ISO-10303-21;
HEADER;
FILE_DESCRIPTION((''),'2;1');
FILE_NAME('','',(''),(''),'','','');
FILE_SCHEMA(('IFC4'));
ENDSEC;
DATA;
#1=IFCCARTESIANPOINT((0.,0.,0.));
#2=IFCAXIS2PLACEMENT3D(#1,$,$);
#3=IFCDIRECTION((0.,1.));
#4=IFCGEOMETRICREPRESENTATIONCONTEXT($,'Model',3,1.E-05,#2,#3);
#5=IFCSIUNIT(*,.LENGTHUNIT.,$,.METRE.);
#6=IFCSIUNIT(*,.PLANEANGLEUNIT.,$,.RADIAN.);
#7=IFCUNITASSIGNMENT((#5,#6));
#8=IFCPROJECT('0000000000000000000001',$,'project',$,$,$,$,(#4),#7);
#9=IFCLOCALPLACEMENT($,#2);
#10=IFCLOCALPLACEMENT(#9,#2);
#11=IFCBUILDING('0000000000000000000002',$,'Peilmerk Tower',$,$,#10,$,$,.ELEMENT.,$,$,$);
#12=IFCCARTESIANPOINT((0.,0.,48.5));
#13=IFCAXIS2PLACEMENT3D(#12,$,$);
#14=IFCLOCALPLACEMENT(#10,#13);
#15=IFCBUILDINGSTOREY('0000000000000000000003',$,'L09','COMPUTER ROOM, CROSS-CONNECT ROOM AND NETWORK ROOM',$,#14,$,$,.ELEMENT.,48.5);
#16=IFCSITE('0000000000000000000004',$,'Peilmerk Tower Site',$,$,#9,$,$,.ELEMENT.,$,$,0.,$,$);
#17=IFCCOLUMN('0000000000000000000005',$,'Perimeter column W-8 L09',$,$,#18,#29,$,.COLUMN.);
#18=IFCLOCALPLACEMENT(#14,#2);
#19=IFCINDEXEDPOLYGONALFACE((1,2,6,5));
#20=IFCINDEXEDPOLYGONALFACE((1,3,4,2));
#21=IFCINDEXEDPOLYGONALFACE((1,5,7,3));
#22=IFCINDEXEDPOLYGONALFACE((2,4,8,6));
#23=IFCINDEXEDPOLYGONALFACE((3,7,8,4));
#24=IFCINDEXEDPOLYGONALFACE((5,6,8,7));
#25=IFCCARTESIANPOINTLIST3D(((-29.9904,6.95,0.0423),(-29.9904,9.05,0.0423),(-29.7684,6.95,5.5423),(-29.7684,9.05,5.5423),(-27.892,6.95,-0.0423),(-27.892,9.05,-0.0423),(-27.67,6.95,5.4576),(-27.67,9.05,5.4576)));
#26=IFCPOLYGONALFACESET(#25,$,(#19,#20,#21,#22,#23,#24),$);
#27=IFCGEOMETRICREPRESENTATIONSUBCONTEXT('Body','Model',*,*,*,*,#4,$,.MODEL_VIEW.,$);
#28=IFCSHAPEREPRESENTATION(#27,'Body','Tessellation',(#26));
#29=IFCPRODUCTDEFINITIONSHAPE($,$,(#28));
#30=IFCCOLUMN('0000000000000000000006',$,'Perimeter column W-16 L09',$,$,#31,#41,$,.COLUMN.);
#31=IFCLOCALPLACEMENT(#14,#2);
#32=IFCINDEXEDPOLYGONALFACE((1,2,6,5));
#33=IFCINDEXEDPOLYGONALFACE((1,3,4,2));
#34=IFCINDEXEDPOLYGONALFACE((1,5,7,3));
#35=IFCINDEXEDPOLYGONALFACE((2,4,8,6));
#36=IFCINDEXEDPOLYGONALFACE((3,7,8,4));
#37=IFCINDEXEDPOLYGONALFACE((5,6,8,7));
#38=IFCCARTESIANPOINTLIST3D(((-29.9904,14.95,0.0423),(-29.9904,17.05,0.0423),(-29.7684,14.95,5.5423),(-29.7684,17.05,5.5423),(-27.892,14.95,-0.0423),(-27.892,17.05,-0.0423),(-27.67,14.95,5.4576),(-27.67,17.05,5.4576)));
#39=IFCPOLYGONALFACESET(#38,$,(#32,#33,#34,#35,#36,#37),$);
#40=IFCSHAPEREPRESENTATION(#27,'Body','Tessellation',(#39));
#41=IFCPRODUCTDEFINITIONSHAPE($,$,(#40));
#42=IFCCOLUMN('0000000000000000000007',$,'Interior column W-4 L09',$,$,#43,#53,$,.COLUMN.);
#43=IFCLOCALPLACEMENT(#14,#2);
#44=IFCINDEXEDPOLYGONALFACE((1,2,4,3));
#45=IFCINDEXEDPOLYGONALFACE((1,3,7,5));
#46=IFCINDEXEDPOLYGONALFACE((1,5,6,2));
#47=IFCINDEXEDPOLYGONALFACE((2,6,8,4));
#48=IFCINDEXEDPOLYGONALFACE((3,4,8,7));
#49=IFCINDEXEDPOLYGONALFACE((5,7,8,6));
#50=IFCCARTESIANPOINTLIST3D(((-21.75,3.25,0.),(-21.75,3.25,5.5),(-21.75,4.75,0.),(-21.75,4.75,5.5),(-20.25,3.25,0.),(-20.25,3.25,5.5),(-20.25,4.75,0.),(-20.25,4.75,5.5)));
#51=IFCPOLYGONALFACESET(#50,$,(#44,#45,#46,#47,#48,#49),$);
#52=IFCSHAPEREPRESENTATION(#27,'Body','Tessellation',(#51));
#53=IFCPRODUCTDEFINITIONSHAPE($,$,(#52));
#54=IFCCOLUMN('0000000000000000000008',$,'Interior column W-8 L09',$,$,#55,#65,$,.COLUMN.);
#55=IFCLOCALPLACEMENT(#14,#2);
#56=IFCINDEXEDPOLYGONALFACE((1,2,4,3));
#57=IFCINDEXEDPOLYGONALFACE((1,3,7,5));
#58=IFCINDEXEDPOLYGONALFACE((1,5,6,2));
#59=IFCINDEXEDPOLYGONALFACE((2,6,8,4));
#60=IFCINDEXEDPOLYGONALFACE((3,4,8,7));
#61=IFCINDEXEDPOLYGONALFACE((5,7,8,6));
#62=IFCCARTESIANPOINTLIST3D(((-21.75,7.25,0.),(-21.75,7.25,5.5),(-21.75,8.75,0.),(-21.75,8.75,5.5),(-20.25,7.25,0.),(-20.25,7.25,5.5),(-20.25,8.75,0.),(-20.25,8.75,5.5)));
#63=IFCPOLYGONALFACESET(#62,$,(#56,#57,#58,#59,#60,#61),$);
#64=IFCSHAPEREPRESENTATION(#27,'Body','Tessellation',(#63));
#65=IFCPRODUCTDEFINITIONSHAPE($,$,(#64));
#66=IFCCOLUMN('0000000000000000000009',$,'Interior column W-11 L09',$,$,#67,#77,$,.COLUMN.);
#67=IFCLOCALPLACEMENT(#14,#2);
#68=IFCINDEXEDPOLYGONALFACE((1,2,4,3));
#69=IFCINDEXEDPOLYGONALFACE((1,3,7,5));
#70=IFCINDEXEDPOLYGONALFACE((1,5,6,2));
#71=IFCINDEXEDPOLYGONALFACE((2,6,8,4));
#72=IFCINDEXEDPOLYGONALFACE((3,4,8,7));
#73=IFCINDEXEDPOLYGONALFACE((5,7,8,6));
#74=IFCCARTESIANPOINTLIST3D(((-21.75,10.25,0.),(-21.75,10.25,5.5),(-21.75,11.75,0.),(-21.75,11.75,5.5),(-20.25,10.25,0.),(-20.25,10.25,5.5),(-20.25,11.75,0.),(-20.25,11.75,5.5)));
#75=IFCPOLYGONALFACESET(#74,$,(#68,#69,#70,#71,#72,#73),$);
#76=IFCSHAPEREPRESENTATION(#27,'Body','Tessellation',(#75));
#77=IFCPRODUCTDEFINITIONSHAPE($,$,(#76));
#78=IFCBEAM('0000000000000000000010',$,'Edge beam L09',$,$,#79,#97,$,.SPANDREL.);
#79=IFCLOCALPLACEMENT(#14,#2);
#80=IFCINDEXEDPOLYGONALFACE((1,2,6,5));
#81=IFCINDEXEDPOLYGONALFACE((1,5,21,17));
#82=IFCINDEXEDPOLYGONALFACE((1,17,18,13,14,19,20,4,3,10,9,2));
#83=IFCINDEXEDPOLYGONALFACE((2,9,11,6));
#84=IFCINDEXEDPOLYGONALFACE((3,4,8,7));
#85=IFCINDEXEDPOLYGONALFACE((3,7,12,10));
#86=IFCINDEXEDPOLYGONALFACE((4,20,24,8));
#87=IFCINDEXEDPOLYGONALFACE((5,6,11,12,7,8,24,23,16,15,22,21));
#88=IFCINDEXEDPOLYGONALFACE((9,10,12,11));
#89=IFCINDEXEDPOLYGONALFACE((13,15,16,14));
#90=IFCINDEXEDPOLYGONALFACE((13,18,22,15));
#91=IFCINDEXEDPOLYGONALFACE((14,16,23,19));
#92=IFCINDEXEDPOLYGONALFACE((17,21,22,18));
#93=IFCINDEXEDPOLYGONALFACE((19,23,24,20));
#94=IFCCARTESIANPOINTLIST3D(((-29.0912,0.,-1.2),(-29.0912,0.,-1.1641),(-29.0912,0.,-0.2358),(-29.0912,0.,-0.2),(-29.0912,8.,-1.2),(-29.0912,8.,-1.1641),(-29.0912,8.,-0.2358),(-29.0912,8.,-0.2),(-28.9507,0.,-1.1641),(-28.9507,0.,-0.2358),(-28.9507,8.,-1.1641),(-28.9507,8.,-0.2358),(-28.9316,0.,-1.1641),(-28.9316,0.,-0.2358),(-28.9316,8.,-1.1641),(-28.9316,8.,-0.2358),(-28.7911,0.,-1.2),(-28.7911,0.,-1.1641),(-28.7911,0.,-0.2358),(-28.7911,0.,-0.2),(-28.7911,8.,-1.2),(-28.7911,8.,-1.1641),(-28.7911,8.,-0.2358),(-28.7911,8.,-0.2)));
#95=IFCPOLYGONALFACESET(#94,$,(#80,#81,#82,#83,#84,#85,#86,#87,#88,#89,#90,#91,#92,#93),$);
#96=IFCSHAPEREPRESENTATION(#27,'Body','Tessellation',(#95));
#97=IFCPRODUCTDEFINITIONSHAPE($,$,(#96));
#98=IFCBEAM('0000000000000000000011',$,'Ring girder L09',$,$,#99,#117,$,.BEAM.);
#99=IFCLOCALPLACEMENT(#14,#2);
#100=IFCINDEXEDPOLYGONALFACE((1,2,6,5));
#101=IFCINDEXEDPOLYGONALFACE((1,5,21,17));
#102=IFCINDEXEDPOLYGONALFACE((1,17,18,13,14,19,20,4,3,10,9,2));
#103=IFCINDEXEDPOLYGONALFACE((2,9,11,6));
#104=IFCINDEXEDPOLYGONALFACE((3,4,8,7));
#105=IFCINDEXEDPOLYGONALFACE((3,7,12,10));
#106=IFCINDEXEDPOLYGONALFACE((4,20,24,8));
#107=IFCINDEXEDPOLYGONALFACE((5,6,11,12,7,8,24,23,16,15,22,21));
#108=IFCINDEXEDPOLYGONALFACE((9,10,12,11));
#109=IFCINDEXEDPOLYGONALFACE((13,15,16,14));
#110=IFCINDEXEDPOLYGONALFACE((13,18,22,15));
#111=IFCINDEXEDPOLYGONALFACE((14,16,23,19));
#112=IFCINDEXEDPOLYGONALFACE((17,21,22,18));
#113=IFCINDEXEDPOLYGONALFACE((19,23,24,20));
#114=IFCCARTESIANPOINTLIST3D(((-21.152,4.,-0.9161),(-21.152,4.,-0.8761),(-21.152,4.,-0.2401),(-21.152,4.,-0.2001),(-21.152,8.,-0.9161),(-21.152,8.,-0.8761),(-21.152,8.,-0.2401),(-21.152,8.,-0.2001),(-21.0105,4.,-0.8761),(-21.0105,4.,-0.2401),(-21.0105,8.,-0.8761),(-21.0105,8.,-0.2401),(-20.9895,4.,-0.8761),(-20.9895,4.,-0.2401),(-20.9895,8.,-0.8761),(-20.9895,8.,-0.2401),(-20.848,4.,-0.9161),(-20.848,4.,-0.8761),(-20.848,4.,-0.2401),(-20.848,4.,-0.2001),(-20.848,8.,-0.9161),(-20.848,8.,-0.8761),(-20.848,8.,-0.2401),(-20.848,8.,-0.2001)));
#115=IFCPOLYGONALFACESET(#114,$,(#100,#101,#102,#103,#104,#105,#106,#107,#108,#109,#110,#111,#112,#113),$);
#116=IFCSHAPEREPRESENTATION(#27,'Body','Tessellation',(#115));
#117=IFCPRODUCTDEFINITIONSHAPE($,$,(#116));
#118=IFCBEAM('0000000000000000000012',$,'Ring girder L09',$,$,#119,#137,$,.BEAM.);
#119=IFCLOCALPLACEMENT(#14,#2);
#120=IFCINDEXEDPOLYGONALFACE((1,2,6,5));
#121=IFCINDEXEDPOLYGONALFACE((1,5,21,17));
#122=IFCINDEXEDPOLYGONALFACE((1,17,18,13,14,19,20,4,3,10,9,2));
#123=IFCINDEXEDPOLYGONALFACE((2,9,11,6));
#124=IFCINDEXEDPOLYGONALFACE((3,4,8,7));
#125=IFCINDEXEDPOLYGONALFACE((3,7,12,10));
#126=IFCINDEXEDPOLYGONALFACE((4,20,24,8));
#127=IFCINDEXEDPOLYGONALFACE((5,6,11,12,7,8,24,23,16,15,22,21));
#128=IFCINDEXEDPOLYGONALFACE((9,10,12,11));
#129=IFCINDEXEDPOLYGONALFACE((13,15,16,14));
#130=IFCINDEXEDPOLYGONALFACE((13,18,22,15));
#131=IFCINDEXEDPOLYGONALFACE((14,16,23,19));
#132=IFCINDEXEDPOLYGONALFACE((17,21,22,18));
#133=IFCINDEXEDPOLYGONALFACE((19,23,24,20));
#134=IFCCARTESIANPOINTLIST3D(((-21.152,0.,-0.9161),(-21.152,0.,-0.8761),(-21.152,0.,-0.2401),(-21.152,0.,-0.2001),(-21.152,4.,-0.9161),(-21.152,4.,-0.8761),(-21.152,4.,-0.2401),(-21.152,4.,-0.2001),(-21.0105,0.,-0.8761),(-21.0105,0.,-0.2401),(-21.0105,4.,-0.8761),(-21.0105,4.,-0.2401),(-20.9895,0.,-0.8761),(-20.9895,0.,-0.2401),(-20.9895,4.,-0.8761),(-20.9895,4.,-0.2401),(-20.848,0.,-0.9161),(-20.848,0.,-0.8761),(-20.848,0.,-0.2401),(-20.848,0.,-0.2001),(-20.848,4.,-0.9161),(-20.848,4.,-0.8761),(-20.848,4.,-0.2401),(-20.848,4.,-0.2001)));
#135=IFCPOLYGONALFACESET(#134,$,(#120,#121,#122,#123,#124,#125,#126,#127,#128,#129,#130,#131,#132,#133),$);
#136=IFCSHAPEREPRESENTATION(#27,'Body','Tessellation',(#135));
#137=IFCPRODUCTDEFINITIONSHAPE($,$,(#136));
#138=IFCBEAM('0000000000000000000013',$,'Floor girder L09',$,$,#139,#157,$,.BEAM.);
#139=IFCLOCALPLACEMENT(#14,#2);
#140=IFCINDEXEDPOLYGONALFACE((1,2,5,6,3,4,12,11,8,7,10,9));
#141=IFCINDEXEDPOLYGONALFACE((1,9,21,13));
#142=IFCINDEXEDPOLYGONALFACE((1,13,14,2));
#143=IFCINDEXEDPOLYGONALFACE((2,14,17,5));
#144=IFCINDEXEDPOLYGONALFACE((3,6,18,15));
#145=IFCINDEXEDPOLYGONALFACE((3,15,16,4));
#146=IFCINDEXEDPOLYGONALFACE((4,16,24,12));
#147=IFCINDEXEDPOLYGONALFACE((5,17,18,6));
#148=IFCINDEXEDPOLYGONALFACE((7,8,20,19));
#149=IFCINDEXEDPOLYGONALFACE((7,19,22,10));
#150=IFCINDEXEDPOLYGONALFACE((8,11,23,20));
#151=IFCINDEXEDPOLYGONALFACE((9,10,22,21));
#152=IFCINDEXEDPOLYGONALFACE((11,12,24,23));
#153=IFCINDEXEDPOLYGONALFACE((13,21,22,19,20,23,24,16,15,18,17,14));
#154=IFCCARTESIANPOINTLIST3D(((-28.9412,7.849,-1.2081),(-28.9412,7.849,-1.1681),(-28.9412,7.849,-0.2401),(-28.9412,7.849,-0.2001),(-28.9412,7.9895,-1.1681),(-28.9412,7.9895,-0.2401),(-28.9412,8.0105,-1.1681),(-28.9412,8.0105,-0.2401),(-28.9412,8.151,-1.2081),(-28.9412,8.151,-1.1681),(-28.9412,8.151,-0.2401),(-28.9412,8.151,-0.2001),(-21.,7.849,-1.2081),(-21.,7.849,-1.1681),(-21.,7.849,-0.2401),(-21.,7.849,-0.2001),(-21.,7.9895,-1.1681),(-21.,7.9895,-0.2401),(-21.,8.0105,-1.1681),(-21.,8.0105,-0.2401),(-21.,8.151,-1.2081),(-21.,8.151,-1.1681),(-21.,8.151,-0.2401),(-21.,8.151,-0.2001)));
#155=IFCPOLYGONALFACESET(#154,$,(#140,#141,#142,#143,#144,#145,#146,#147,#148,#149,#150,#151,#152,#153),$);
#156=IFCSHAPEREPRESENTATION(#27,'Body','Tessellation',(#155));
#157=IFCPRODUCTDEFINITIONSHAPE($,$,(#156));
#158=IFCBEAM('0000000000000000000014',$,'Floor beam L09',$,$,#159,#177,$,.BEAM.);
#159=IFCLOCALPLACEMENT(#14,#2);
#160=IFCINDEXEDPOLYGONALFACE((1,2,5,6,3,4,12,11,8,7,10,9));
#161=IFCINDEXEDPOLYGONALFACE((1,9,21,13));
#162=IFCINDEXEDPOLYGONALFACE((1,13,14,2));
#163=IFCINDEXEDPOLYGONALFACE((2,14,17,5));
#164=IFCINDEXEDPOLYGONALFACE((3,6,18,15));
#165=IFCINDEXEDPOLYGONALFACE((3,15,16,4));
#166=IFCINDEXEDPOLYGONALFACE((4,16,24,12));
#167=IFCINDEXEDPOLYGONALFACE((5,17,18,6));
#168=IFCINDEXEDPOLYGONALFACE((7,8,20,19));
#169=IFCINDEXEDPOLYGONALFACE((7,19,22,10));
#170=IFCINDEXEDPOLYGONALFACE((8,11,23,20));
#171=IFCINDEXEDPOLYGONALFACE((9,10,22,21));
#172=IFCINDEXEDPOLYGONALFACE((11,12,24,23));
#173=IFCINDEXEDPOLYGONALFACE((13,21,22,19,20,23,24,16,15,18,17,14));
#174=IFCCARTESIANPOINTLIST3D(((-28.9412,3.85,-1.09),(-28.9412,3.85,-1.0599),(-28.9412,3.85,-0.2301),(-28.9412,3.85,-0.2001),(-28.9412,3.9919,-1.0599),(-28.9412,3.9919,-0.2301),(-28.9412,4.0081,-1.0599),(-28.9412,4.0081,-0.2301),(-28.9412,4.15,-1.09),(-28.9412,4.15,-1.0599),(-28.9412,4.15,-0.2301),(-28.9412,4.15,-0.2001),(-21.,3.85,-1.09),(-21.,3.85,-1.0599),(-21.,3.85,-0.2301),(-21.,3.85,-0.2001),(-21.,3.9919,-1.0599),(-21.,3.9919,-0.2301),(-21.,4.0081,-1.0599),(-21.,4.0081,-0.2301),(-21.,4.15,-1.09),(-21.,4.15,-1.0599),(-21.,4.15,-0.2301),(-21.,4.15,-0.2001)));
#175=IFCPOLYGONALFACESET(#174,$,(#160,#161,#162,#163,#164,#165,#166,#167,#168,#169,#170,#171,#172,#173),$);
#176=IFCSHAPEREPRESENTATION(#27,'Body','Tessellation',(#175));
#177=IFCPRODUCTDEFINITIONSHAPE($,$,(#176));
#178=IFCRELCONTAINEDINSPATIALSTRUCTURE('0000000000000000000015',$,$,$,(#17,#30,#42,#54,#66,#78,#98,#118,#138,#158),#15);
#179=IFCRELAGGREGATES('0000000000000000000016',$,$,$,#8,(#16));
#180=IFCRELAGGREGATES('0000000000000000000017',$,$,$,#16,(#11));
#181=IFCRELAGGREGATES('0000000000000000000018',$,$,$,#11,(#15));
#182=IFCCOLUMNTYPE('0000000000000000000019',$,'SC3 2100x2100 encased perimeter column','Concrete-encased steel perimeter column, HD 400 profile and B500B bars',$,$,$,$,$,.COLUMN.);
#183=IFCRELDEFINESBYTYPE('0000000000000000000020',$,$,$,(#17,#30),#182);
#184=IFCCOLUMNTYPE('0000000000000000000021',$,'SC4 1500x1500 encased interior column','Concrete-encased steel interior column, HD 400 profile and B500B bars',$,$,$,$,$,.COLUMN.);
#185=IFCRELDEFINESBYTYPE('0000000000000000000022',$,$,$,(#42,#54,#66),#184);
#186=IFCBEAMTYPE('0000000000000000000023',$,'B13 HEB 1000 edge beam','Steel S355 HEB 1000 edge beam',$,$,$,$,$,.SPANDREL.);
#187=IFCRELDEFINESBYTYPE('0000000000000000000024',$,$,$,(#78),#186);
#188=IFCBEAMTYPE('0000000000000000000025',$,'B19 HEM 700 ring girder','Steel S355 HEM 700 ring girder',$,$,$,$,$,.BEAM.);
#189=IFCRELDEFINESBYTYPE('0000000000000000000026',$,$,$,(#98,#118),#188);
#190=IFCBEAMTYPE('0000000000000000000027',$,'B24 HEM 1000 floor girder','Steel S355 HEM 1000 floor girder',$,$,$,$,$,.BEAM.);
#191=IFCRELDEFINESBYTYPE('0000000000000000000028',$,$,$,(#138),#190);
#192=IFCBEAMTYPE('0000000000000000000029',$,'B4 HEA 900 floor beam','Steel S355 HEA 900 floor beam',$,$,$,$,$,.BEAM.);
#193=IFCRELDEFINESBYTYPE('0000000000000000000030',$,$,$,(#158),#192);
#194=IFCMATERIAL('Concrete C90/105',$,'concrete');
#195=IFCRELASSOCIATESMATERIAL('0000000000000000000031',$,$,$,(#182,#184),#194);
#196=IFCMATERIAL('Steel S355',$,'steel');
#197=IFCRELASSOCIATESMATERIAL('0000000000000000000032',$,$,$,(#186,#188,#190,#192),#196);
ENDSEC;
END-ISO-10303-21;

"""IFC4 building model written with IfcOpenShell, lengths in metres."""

from ifc_helpers import new_model, si_unit, direction, frame, origin, origin_2d, place, context, subcontext, project, spatial, rectangle, i_section, extrude, material, material_profile, profile_set, type_object, element, save


model = new_model("IFC4")

# Units and contexts
model_context = context("Model", 3, precision=1e-05, world=origin(), true_north=direction((0.0, 1.0)))
body_context = subcontext(model_context, "Body", "Model", "MODEL_VIEW")
ifc_project = project(units=[si_unit("LENGTHUNIT", "METRE"), si_unit("PLANEANGLEUNIT", "RADIAN")], contexts=[model_context])

# Site, building, storey
site_placement = place(None, origin())
site = spatial("IfcSite", under=ifc_project, at=site_placement, Name="Peilmerk Tower Site", CompositionType="ELEMENT", RefElevation=0.0)
building_placement = place(site_placement, origin())
building = spatial("IfcBuilding", under=site, at=building_placement, Name="Peilmerk Tower", CompositionType="ELEMENT")
storey_placement = place(building_placement, frame((0.0, 0.0, 48.5)))
storey = spatial("IfcBuildingStorey", under=building, at=storey_placement, Name="L09", Description="COMPUTER ROOM, CROSS-CONNECT ROOM AND NETWORK ROOM", CompositionType="ELEMENT", Elevation=48.5)

# Columns
ifc_material_1 = material(Name="Concrete C90/105", Category="concrete")
ifc_material_profile_1 = material_profile(ifc_material_1, rectangle(XDim=2.1001, YDim=2.1001, at=origin_2d()), Name="RC 2100x2100")
ifc_profile_set_1 = profile_set([ifc_material_profile_1], Name="Concrete C90/105")
column_type_1 = type_object("IfcColumnType", Name="SC3 2100x2100 encased perimeter column", Description="Concrete-encased steel perimeter column, HD 400 profile and B500B bars", PredefinedType="COLUMN", material=ifc_profile_set_1)
for number, where, z_axis, x_axis, name in (
    (1, (-28.9412, 8.0, 0.0), (0.040317, 0.0, 0.999187), (0.0, 1.0, 0.0), "Perimeter column W-8 L09"),
    (2, (-28.9412, 16.0, 0.0), (0.040317, 0.0, 0.999187), (0.0, 1.0, 0.0), "Perimeter column W-16 L09"),
):
    element("IfcColumn", number, at=place(storey_placement, frame(where, z_axis=z_axis, x_axis=x_axis)), inside=storey, type_object=column_type_1, Name=name, PredefinedType="COLUMN", context=body_context, shape_type="SweptSolid", body=[
        extrude(rectangle(XDim=2.1001, YDim=2.1001, at=origin_2d()), origin(), (0.0, 0.0, 1.0), 5.5044),
    ])
ifc_material_profile_2 = material_profile(ifc_material_1, rectangle(XDim=1.5, YDim=1.5, at=origin_2d()), Name="RC 1500x1500")
ifc_profile_set_2 = profile_set([ifc_material_profile_2], Name="Concrete C90/105")
column_type_2 = type_object("IfcColumnType", Name="SC4 1500x1500 encased interior column", Description="Concrete-encased steel interior column, HD 400 profile and B500B bars", PredefinedType="COLUMN", material=ifc_profile_set_2)
for number, where, z_axis, x_axis, name in (
    (3, (-21.0, 4.0, 0.0), (0.0, 0.0, 1.0), (1.0, 0.0, 0.0), "Interior column W-4 L09"),
    (4, (-21.0, 8.0, 0.0), (0.0, 0.0, 1.0), (1.0, 0.0, 0.0), "Interior column W-8 L09"),
    (5, (-21.0, 11.0, 0.0), (0.0, 0.0, 1.0), (1.0, 0.0, 0.0), "Interior column W-11 L09"),
):
    element("IfcColumn", number, at=place(storey_placement, frame(where, z_axis=z_axis, x_axis=x_axis)), inside=storey, type_object=column_type_2, Name=name, PredefinedType="COLUMN", context=body_context, shape_type="SweptSolid", body=[
        extrude(rectangle(XDim=1.5, YDim=1.5, at=origin_2d()), origin(), (0.0, 0.0, 1.0), 5.5),
    ])

# Beams
ifc_material_2 = material(Name="Steel S355", Category="steel")
ifc_material_profile_3 = material_profile(ifc_material_2, i_section(OverallWidth=0.3, OverallDepth=1.0, WebThickness=0.019, FlangeThickness=0.0359, at=origin_2d()), Name="HEB 1000")
ifc_profile_set_3 = profile_set([ifc_material_profile_3], Name="Steel S355")
beam_type_1 = type_object("IfcBeamType", Name="B13 HEB 1000 edge beam", Description="Steel S355 HEB 1000 edge beam", PredefinedType="SPANDREL", material=ifc_profile_set_3)
beam_1_placement = place(storey_placement, frame((-28.9412, 8.0, -0.7), z_axis=(0.0, -1.0, 0.0), x_axis=(1.0, 0.0, 0.0)))
element("IfcBeam", 6, at=beam_1_placement, inside=storey, type_object=beam_type_1, Name="Edge beam L09", PredefinedType="SPANDREL", context=body_context, shape_type="SweptSolid", body=[
    extrude(i_section(OverallWidth=0.3, OverallDepth=1.0, WebThickness=0.019, FlangeThickness=0.0359, at=origin_2d()), origin(), (0.0, 0.0, 1.0), 8.0),
])
ifc_material_profile_4 = material_profile(ifc_material_2, i_section(OverallWidth=0.304, OverallDepth=0.7161, WebThickness=0.021, FlangeThickness=0.04, at=origin_2d()), Name="HEM 700")
ifc_profile_set_4 = profile_set([ifc_material_profile_4], Name="Steel S355")
beam_type_2 = type_object("IfcBeamType", Name="B19 HEM 700 ring girder", Description="Steel S355 HEM 700 ring girder", PredefinedType="BEAM", material=ifc_profile_set_4)
for number, where, z_axis, x_axis, name in (
    (7, (-21.0, 8.0, -0.5581), (0.0, -1.0, 0.0), (1.0, 0.0, 0.0), "Ring girder L09"),
    (8, (-21.0, 4.0, -0.5581), (0.0, -1.0, 0.0), (1.0, 0.0, 0.0), "Ring girder L09"),
):
    element("IfcBeam", number, at=place(storey_placement, frame(where, z_axis=z_axis, x_axis=x_axis)), inside=storey, type_object=beam_type_2, Name=name, PredefinedType="BEAM", context=body_context, shape_type="SweptSolid", body=[
        extrude(i_section(OverallWidth=0.304, OverallDepth=0.7161, WebThickness=0.021, FlangeThickness=0.04, at=origin_2d()), origin(), (0.0, 0.0, 1.0), 4.0),
    ])
ifc_material_profile_5 = material_profile(ifc_material_2, i_section(OverallWidth=0.302, OverallDepth=1.0081, WebThickness=0.021, FlangeThickness=0.04, at=origin_2d()), Name="HEM 1000")
ifc_profile_set_5 = profile_set([ifc_material_profile_5], Name="Steel S355")
beam_type_3 = type_object("IfcBeamType", Name="B24 HEM 1000 floor girder", Description="Steel S355 HEM 1000 floor girder", PredefinedType="BEAM", material=ifc_profile_set_5)
beam_2_placement = place(storey_placement, frame((-21.0, 8.0, -0.7041), z_axis=(-1.0, 0.0, 0.0), x_axis=(0.0, -1.0, 0.0)))
element("IfcBeam", 9, at=beam_2_placement, inside=storey, type_object=beam_type_3, Name="Floor girder L09", PredefinedType="BEAM", context=body_context, shape_type="SweptSolid", body=[
    extrude(i_section(OverallWidth=0.302, OverallDepth=1.0081, WebThickness=0.021, FlangeThickness=0.04, at=origin_2d()), origin(), (0.0, 0.0, 1.0), 7.9412),
])
ifc_material_profile_6 = material_profile(ifc_material_2, i_section(OverallWidth=0.3, OverallDepth=0.8899, WebThickness=0.0161, FlangeThickness=0.03, at=origin_2d()), Name="HEA 900")
ifc_profile_set_6 = profile_set([ifc_material_profile_6], Name="Steel S355")
beam_type_4 = type_object("IfcBeamType", Name="B4 HEA 900 floor beam", Description="Steel S355 HEA 900 floor beam", PredefinedType="BEAM", material=ifc_profile_set_6)
beam_3_placement = place(storey_placement, frame((-21.0, 4.0, -0.645), z_axis=(-1.0, 0.0, 0.0), x_axis=(0.0, -1.0, 0.0)))
element("IfcBeam", 10, at=beam_3_placement, inside=storey, type_object=beam_type_4, Name="Floor beam L09", PredefinedType="BEAM", context=body_context, shape_type="SweptSolid", body=[
    extrude(i_section(OverallWidth=0.3, OverallDepth=0.8899, WebThickness=0.0161, FlangeThickness=0.03, at=origin_2d()), origin(), (0.0, 0.0, 1.0), 7.9412),
])

save(model, "model.ifc")
